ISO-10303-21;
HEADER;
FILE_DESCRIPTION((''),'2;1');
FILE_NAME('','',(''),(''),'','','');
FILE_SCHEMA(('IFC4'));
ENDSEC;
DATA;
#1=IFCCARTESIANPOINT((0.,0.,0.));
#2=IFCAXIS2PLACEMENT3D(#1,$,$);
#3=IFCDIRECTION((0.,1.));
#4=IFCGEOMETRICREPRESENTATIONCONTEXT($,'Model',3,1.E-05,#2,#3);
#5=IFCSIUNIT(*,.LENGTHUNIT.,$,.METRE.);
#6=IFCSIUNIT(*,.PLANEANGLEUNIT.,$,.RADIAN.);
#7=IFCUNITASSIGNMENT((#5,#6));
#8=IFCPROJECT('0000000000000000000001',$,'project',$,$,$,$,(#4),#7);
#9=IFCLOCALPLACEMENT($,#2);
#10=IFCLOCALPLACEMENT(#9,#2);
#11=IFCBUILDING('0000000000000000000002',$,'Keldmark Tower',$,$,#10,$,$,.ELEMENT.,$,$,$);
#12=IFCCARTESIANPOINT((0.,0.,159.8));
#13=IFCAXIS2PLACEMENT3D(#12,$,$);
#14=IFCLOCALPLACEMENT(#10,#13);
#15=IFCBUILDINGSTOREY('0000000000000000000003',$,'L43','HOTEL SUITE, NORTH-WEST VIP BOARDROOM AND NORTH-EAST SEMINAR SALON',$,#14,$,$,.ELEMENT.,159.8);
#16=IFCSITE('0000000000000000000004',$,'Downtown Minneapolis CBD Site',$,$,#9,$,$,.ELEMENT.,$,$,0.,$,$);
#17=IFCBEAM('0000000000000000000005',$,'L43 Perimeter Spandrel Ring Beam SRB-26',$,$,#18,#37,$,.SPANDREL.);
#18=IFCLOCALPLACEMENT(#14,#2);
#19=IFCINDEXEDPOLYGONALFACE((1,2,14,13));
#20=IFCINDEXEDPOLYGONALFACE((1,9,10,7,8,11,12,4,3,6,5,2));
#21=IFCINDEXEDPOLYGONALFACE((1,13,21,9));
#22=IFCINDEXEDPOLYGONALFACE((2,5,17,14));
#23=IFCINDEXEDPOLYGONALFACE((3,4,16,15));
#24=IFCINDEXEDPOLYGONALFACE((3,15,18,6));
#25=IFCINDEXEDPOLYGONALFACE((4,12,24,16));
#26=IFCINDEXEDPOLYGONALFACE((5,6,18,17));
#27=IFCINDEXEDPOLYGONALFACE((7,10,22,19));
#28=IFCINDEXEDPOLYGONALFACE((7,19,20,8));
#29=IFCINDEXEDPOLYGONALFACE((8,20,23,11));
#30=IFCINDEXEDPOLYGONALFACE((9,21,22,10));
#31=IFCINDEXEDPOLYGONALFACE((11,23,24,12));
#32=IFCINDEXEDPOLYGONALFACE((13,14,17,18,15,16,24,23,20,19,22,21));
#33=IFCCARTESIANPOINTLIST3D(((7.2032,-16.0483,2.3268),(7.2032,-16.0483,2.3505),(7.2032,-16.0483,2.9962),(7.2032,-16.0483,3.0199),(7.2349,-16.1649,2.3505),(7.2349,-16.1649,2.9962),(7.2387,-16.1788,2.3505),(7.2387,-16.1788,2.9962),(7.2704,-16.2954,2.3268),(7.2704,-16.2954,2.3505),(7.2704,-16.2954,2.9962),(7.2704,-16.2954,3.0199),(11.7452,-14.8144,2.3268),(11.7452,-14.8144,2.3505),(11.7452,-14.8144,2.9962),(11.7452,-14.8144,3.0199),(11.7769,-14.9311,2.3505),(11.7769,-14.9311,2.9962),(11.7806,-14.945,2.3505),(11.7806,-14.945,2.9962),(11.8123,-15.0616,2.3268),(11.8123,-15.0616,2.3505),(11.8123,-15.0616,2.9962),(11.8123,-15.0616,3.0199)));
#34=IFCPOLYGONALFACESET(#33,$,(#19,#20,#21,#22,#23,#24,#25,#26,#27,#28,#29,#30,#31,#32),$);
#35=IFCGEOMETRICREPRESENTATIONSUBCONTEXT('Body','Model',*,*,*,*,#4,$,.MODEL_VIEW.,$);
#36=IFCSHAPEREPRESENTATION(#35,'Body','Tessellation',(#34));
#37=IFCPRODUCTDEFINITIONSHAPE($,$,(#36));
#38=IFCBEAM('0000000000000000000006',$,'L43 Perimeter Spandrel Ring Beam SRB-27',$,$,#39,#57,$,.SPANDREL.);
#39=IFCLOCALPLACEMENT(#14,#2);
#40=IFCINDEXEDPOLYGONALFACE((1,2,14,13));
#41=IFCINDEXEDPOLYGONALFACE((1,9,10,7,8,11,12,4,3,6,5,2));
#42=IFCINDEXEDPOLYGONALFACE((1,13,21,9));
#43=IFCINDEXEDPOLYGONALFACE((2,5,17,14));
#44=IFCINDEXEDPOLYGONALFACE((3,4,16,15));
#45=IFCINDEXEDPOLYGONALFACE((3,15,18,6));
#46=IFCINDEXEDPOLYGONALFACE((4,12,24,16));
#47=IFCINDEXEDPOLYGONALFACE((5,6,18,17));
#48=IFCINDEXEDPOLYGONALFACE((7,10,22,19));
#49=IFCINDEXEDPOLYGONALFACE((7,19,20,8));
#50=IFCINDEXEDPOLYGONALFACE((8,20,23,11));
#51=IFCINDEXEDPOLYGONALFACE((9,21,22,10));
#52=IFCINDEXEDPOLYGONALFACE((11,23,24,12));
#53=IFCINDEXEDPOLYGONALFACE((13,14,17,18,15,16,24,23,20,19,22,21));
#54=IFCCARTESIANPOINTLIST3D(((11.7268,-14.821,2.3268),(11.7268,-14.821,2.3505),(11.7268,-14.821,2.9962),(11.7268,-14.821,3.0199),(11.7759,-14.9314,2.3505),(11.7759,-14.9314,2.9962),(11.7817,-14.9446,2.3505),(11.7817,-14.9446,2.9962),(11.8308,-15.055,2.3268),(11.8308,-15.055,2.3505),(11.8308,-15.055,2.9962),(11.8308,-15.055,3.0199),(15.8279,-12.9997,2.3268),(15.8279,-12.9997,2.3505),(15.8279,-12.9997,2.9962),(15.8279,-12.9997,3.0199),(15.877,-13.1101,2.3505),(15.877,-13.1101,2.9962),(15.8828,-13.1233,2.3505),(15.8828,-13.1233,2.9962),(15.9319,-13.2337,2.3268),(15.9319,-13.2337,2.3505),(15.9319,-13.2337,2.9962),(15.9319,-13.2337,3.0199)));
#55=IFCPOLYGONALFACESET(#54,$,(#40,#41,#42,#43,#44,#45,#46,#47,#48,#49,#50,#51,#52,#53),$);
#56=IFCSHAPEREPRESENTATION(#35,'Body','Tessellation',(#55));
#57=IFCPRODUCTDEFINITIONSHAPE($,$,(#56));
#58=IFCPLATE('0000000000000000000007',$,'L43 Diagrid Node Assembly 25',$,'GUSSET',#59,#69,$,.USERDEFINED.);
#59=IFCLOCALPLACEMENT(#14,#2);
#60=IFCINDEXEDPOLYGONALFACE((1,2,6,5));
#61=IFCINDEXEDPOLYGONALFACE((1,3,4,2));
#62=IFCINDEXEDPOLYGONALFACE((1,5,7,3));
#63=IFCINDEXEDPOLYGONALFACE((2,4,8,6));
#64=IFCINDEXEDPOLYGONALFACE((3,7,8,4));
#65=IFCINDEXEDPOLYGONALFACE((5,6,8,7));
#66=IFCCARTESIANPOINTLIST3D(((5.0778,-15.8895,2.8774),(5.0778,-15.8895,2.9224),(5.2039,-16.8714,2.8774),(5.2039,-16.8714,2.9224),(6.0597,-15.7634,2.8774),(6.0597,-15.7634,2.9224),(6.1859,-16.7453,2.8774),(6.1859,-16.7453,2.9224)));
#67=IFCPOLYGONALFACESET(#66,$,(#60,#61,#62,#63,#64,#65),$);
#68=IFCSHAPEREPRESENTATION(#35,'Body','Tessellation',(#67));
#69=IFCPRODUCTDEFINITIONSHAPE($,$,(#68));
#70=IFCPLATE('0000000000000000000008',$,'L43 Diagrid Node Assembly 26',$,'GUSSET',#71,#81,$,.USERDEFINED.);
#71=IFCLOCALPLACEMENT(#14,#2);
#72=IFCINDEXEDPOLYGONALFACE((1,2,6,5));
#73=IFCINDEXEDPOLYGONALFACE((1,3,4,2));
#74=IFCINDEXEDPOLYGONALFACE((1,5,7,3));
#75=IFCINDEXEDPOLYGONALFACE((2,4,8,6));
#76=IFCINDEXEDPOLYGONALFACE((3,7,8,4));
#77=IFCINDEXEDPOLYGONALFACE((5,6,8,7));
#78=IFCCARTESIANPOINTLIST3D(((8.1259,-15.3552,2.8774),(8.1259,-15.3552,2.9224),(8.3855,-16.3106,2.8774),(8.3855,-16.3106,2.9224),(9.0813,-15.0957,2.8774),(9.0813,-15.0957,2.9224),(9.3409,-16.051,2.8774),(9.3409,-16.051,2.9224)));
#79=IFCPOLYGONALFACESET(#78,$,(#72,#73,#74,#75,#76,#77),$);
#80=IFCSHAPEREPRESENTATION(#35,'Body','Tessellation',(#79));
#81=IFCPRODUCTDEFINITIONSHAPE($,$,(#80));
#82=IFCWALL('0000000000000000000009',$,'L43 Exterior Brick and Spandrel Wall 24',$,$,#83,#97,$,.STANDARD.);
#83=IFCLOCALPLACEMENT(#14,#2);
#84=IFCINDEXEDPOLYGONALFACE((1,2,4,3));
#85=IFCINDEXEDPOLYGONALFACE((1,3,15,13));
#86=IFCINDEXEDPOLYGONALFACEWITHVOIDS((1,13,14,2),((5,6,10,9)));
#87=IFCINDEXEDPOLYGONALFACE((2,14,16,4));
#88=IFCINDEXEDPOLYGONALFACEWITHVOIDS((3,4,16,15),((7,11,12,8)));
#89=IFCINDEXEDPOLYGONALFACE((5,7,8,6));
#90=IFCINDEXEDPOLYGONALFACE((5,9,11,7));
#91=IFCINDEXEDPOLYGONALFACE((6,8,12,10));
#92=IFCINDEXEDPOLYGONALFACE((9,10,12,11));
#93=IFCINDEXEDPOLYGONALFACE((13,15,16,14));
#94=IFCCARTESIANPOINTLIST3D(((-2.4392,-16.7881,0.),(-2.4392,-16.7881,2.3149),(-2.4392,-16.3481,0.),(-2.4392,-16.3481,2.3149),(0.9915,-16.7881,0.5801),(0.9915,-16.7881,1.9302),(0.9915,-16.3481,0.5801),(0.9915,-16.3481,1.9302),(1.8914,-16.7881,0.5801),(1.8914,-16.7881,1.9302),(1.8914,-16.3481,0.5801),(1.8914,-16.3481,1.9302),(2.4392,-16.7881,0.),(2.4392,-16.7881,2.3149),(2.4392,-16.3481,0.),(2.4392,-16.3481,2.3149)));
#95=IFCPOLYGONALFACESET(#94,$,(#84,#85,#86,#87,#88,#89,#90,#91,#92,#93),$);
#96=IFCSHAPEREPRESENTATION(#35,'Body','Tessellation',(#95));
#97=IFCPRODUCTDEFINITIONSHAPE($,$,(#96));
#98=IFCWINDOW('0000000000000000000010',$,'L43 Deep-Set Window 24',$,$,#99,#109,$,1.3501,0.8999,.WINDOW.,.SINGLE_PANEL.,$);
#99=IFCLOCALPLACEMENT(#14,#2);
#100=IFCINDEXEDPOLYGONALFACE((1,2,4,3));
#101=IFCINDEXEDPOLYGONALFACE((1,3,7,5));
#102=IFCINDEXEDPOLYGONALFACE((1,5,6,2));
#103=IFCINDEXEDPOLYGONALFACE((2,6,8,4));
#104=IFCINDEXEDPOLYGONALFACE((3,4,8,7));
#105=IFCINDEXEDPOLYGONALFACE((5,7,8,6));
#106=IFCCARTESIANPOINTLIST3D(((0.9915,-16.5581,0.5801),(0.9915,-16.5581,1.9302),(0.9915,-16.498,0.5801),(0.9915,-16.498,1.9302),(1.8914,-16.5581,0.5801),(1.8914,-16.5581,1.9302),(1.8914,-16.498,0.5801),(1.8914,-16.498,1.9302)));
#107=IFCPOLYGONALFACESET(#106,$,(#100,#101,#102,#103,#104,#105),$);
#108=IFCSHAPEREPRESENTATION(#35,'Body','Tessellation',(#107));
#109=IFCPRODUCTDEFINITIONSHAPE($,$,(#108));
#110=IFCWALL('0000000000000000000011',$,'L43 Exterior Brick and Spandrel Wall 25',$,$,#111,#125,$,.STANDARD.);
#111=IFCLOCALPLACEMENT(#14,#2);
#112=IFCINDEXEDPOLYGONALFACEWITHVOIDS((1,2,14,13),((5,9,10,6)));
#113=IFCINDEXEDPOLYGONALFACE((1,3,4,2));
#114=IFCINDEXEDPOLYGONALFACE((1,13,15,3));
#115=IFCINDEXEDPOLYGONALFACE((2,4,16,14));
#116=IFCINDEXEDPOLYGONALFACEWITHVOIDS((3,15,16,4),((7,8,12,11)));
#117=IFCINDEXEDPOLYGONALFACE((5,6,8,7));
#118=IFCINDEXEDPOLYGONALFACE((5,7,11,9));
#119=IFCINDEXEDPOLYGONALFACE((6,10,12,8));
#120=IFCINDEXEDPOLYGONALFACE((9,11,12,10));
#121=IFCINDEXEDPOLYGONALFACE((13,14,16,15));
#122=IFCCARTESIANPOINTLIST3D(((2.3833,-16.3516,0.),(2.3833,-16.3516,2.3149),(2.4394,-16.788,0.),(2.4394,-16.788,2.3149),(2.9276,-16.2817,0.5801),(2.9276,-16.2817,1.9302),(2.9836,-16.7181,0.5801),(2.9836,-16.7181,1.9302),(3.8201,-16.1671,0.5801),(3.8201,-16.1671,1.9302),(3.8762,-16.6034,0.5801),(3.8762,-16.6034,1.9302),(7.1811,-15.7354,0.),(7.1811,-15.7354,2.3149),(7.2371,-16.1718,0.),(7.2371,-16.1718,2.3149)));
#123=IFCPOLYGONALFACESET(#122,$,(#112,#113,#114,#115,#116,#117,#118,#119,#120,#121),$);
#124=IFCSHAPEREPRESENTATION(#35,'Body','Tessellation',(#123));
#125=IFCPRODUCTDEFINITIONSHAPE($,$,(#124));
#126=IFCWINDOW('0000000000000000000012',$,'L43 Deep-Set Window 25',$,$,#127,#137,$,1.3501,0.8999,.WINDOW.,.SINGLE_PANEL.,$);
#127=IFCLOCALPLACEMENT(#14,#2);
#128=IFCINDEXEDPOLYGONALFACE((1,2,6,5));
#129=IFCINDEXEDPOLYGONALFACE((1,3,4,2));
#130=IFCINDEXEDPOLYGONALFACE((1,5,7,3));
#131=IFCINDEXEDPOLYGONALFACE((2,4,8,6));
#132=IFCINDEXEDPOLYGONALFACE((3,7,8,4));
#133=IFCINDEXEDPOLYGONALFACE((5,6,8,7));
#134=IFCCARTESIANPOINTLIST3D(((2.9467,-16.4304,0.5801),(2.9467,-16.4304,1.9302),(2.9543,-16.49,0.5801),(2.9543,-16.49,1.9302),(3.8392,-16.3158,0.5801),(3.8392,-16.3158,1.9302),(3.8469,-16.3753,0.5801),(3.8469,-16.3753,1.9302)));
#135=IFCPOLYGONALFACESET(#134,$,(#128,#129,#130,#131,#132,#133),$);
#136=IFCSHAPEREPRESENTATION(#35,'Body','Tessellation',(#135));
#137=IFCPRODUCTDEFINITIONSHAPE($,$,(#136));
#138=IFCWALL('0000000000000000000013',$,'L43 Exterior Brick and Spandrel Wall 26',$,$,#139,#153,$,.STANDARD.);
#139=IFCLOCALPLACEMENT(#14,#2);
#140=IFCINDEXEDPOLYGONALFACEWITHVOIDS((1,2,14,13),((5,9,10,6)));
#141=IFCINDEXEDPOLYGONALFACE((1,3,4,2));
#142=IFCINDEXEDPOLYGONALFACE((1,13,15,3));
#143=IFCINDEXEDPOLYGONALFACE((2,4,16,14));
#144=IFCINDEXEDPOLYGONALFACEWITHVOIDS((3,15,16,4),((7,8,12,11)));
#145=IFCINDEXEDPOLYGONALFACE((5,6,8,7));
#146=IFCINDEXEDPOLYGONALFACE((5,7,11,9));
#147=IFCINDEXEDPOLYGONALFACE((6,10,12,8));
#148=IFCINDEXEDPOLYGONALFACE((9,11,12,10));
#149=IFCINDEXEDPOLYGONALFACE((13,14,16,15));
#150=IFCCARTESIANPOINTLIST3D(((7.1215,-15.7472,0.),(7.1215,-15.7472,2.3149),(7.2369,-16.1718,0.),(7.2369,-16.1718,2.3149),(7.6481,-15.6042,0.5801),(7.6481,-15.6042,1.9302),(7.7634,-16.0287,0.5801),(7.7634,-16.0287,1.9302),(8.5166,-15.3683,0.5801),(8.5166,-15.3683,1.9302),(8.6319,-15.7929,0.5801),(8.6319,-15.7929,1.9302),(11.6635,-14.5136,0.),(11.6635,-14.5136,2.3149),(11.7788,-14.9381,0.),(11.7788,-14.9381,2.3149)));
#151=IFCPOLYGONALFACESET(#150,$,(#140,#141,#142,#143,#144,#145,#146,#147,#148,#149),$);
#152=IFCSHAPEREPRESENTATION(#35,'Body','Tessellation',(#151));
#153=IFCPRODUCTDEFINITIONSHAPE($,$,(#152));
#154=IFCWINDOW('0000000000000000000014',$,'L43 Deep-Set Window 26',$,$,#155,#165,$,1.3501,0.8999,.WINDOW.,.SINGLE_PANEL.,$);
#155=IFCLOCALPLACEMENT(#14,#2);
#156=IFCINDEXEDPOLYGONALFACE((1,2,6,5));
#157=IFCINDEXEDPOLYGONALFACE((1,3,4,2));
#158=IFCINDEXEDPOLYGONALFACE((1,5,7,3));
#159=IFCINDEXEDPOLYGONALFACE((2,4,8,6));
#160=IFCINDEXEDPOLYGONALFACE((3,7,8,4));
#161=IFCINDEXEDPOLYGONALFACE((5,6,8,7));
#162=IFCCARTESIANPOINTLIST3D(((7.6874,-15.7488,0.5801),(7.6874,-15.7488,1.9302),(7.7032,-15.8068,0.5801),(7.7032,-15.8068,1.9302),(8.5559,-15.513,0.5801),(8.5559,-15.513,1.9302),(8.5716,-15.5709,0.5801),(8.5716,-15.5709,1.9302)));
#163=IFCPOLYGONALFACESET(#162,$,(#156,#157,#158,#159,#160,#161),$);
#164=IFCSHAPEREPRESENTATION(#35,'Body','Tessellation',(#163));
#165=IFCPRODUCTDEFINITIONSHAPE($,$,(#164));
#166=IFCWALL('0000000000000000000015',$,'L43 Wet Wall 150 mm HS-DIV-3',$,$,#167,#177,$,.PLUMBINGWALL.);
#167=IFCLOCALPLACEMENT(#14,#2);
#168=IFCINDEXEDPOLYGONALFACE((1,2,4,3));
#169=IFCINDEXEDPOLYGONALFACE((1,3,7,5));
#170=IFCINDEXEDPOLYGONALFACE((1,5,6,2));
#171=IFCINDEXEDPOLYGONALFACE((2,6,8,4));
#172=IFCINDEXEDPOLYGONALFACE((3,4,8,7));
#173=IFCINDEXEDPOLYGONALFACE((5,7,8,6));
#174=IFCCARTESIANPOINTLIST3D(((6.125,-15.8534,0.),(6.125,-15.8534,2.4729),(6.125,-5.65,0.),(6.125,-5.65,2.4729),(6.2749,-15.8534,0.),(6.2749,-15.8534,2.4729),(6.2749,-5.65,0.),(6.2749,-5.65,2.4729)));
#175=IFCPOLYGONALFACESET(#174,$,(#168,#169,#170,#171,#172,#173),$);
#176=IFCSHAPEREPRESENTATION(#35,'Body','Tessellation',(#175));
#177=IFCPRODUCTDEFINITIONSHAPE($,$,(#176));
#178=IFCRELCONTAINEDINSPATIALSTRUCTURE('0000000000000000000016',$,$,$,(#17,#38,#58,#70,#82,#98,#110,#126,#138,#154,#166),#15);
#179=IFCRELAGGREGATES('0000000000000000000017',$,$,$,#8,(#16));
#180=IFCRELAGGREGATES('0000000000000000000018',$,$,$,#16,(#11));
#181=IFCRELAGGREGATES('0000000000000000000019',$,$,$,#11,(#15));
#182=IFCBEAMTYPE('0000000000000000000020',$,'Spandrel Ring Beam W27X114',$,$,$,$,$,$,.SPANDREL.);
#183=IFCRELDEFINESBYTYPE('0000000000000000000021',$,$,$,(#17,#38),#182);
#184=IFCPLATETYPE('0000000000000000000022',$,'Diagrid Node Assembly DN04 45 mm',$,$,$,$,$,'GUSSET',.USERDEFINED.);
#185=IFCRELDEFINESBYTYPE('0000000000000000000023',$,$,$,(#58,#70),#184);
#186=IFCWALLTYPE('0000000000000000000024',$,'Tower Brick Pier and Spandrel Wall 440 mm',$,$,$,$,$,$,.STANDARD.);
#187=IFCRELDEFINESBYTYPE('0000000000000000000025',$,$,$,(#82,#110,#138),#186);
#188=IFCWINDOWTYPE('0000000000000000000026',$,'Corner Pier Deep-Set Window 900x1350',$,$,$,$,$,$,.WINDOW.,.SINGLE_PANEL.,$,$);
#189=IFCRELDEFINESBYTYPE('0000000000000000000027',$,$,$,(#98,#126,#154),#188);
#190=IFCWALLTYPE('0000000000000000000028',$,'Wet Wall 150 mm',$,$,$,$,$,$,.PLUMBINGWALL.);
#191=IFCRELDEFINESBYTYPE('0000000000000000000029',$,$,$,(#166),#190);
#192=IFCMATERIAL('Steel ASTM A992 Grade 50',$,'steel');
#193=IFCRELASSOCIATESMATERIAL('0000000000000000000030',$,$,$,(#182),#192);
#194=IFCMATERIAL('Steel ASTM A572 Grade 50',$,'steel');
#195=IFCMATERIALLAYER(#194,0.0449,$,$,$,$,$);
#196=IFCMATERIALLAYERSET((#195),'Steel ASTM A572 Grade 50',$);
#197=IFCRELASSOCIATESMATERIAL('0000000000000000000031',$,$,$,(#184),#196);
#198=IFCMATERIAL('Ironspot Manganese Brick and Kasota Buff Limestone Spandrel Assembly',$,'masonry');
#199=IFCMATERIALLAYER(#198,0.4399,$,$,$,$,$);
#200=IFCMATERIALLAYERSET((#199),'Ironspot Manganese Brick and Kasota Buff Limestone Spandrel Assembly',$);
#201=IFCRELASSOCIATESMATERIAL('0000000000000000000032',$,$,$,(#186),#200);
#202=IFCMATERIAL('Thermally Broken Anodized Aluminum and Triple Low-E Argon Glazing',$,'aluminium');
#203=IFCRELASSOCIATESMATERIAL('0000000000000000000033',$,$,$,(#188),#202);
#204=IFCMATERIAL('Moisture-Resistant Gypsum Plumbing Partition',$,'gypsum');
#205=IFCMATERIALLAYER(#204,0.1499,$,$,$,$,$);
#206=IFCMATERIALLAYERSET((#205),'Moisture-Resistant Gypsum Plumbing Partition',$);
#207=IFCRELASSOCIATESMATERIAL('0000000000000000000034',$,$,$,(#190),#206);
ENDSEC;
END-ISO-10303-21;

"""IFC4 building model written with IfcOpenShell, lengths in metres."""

from ifc_helpers import new_model, si_unit, direction, frame, frame_2d, origin, origin_2d, place, context, subcontext, project, spatial, rectangle, i_section, extrude, material, layer, layer_set, material_profile, profile_set, type_object, element, fill, save


model = new_model("IFC4")

# Units and contexts
model_context = context("Model", 3, precision=1e-05, world=origin(), true_north=direction((0.0, 1.0)))
body_context = subcontext(model_context, "Body", "Model", "MODEL_VIEW")
ifc_project = project(units=[si_unit("LENGTHUNIT", "METRE"), si_unit("PLANEANGLEUNIT", "RADIAN")], contexts=[model_context])

# Site, building, storey
site_placement = place(None, origin())
site = spatial("IfcSite", under=ifc_project, at=site_placement, Name="Downtown Minneapolis CBD Site", CompositionType="ELEMENT", RefElevation=0.0)
building_placement = place(site_placement, origin())
building = spatial("IfcBuilding", under=site, at=building_placement, Name="Keldmark Tower", CompositionType="ELEMENT")
storey_placement = place(building_placement, frame((0.0, 0.0, 159.8)))
storey = spatial("IfcBuildingStorey", under=building, at=storey_placement, Name="L43", Description="HOTEL SUITE, NORTH-WEST VIP BOARDROOM AND NORTH-EAST SEMINAR SALON", CompositionType="ELEMENT", Elevation=159.8)

# Beams
ifc_material_1 = material(Name="Steel ASTM A992 Grade 50", Category="steel")
ifc_material_profile_1 = material_profile(ifc_material_1, i_section(OverallWidth=0.2561, OverallDepth=0.6931, WebThickness=0.0144, FlangeThickness=0.0237, at=origin_2d()), Name="W27X114")
ifc_profile_set_1 = profile_set([ifc_material_profile_1], Name="Steel ASTM A992 Grade 50")
beam_type_1 = type_object("IfcBeamType", Name="Spandrel Ring Beam W27X114", PredefinedType="SPANDREL", material=ifc_profile_set_1)
beam_1_placement = place(storey_placement, frame((7.2368, -16.1719, 2.6733), z_axis=(0.965024, 0.26216, 0.0), x_axis=(-0.26216, 0.965024, 0.0)))
element("IfcBeam", 1, at=beam_1_placement, inside=storey, type_object=beam_type_1, Name="L43 Perimeter Spandrel Ring Beam SRB-26", PredefinedType="SPANDREL", context=body_context, shape_type="SweptSolid", body=[
    extrude(i_section(OverallWidth=0.2561, OverallDepth=0.6931, WebThickness=0.0144, FlangeThickness=0.0237, at=origin_2d()), origin(), (0.0, 0.0, 1.0), 4.7065),
])
beam_2_placement = place(storey_placement, frame((11.7788, -14.938, 2.6733), z_axis=(0.913928, 0.405876, 0.0), x_axis=(-0.405876, 0.913928, 0.0)))
element("IfcBeam", 2, at=beam_2_placement, inside=storey, type_object=beam_type_1, Name="L43 Perimeter Spandrel Ring Beam SRB-27", PredefinedType="SPANDREL", context=body_context, shape_type="SweptSolid", body=[
    extrude(i_section(OverallWidth=0.2561, OverallDepth=0.6931, WebThickness=0.0144, FlangeThickness=0.0237, at=origin_2d()), origin(), (0.0, 0.0, 1.0), 4.4873),
])

# Plates
ifc_material_2 = material(Name="Steel ASTM A572 Grade 50", Category="steel")
ifc_layer_1 = layer(ifc_material_2, 0.0449)
ifc_layer_set_1 = layer_set([ifc_layer_1], Name="Steel ASTM A572 Grade 50")
plate_type = type_object("IfcPlateType", Name="Diagrid Node Assembly DN04 45 mm", ElementType="GUSSET", PredefinedType="USERDEFINED", material=ifc_layer_set_1)
for number, where, z_axis, x_axis, name in (
    (3, (5.6318, -16.3174, 2.8774), (0.0, 0.0, 1.0), (0.99185, 0.127411, 0.0), "L43 Diagrid Node Assembly 25"),
    (4, (8.7334, -15.7031, 2.8774), (0.0, 0.0, 1.0), (0.965016, 0.262189, 0.0), "L43 Diagrid Node Assembly 26"),
):
    element("IfcPlate", number, at=place(storey_placement, frame(where, z_axis=z_axis, x_axis=x_axis)), inside=storey, type_object=plate_type, Name=name, ObjectType="GUSSET", PredefinedType="USERDEFINED", context=body_context, shape_type="SweptSolid", body=[
        extrude(rectangle(XDim=0.99, YDim=0.99, at=origin_2d()), origin(), (0.0, 0.0, 1.0), 0.0449),
    ])

# Walls, openings, windows
ifc_material_3 = material(Name="Ironspot Manganese Brick and Kasota Buff Limestone Spandrel Assembly", Category="masonry")
ifc_layer_2 = layer(ifc_material_3, 0.4399)
ifc_layer_set_2 = layer_set([ifc_layer_2], Name="Ironspot Manganese Brick and Kasota Buff Limestone Spandrel Assembly")
wall_type_1 = type_object("IfcWallType", Name="Tower Brick Pier and Spandrel Wall 440 mm", PredefinedType="STANDARD", material=ifc_layer_set_2)
wall_1_placement = place(storey_placement, frame((2.4392, -16.5681, 0.0), z_axis=(0.0, 0.0, 1.0), x_axis=(-1.0, 0.0, 0.0)))
wall_1 = element("IfcWall", 5, at=wall_1_placement, inside=storey, type_object=wall_type_1, Name="L43 Exterior Brick and Spandrel Wall 24", PredefinedType="STANDARD", context=body_context, shape_type="SweptSolid", body=[
    extrude(rectangle(XDim=4.8784, YDim=0.4399, at=frame_2d((2.4392, 0.0))), origin(), (0.0, 0.0, 1.0), 2.3149),
])
opening_1_placement = place(wall_1_placement, frame((0.5479, 0.0, 0.5801)))
opening_1 = element("IfcOpeningElement", 6, at=opening_1_placement, cuts=wall_1, PredefinedType="OPENING", context=body_context, shape_type="SweptSolid", body=[
    extrude(rectangle(XDim=0.8999, YDim=1.3501, at=frame_2d((0.45, 0.675))), frame((0.0, 0.23, 0.0), z_axis=(0.0, -1.0, 0.0), x_axis=(1.0, 0.0, 0.0)), (0.0, 0.0, 1.0), 0.46),
])
ifc_material_4 = material(Name="Thermally Broken Anodized Aluminum and Triple Low-E Argon Glazing", Category="aluminium")
window_type = type_object("IfcWindowType", Name="Corner Pier Deep-Set Window 900x1350", PartitioningType="SINGLE_PANEL", PredefinedType="WINDOW", material=ifc_material_4)
window_1_placement = place(opening_1_placement, origin())
window_1 = element("IfcWindow", 7, at=window_1_placement, inside=storey, type_object=window_type, Name="L43 Deep-Set Window 24", OverallHeight=1.3501, OverallWidth=0.8999, PartitioningType="SINGLE_PANEL", PredefinedType="WINDOW", context=body_context, shape_type="SweptSolid", body=[
    extrude(rectangle(XDim=0.8999, YDim=1.3501, at=frame_2d((0.45, 0.675))), frame((0.0, -0.01, 0.0), z_axis=(0.0, -1.0, 0.0), x_axis=(1.0, 0.0, 0.0)), (0.0, 0.0, 1.0), 0.0601),
])
fill(opening_1, window_1)
wall_2_placement = place(storey_placement, frame((7.209, -15.9536, 0.0), z_axis=(0.0, 0.0, 1.0), x_axis=(-0.991853, -0.127388, 0.0)))
wall_2 = element("IfcWall", 8, at=wall_2_placement, inside=storey, type_object=wall_type_1, Name="L43 Exterior Brick and Spandrel Wall 25", PredefinedType="STANDARD", context=body_context, shape_type="SweptSolid", body=[
    extrude(rectangle(XDim=4.8372, YDim=0.4399, at=frame_2d((2.4185, 0.0))), origin(), (0.0, 0.0, 1.0), 2.3149),
])
opening_2_placement = place(wall_2_placement, frame((3.3884, 0.0, 0.5801)))
opening_2 = element("IfcOpeningElement", 9, at=opening_2_placement, cuts=wall_2, PredefinedType="OPENING", context=body_context, shape_type="SweptSolid", body=[
    extrude(rectangle(XDim=0.8999, YDim=1.3501, at=frame_2d((0.45, 0.675))), frame((0.0, 0.23, 0.0), z_axis=(0.0, -1.0, 0.0), x_axis=(1.0, 0.0, 0.0)), (0.0, 0.0, 1.0), 0.46),
])
window_2_placement = place(opening_2_placement, origin())
window_2 = element("IfcWindow", 10, at=window_2_placement, inside=storey, type_object=window_type, Name="L43 Deep-Set Window 25", OverallHeight=1.3501, OverallWidth=0.8999, PartitioningType="SINGLE_PANEL", PredefinedType="WINDOW", context=body_context, shape_type="SweptSolid", body=[
    extrude(rectangle(XDim=0.8999, YDim=1.3501, at=frame_2d((0.45, 0.675))), frame((0.0, -0.01, 0.0), z_axis=(0.0, -1.0, 0.0), x_axis=(1.0, 0.0, 0.0)), (0.0, 0.0, 1.0), 0.0601),
])
fill(opening_2, window_2)
wall_3_placement = place(storey_placement, frame((11.7212, -14.7258, 0.0), z_axis=(0.0, 0.0, 1.0), x_axis=(-0.965037, -0.262112, 0.0)))
wall_3 = element("IfcWall", 11, at=wall_3_placement, inside=storey, type_object=wall_type_1, Name="L43 Exterior Brick and Spandrel Wall 26", PredefinedType="STANDARD", context=body_context, shape_type="SweptSolid", body=[
    extrude(rectangle(XDim=4.7065, YDim=0.4399, at=frame_2d((2.3533, 0.0))), origin(), (0.0, 0.0, 1.0), 2.3149),
])
opening_3_placement = place(wall_3_placement, frame((3.261, 0.0, 0.5801)))
opening_3 = element("IfcOpeningElement", 12, at=opening_3_placement, cuts=wall_3, PredefinedType="OPENING", context=body_context, shape_type="SweptSolid", body=[
    extrude(rectangle(XDim=0.8999, YDim=1.3501, at=frame_2d((0.45, 0.675))), frame((0.0, 0.23, 0.0), z_axis=(0.0, -1.0, 0.0), x_axis=(1.0, 0.0, 0.0)), (0.0, 0.0, 1.0), 0.46),
])
window_3_placement = place(opening_3_placement, origin())
window_3 = element("IfcWindow", 13, at=window_3_placement, inside=storey, type_object=window_type, Name="L43 Deep-Set Window 26", OverallHeight=1.3501, OverallWidth=0.8999, PartitioningType="SINGLE_PANEL", PredefinedType="WINDOW", context=body_context, shape_type="SweptSolid", body=[
    extrude(rectangle(XDim=0.8999, YDim=1.3501, at=frame_2d((0.45, 0.675))), frame((0.0, -0.01, 0.0), z_axis=(0.0, -1.0, 0.0), x_axis=(1.0, 0.0, 0.0)), (0.0, 0.0, 1.0), 0.0601),
])
fill(opening_3, window_3)

# Wall
ifc_material_5 = material(Name="Moisture-Resistant Gypsum Plumbing Partition", Category="gypsum")
ifc_layer_3 = layer(ifc_material_5, 0.1499)
ifc_layer_set_3 = layer_set([ifc_layer_3], Name="Moisture-Resistant Gypsum Plumbing Partition")
wall_type_2 = type_object("IfcWallType", Name="Wet Wall 150 mm", PredefinedType="PLUMBINGWALL", material=ifc_layer_set_3)
wall_4_placement = place(storey_placement, frame((6.2, -15.8533, 0.0), z_axis=(0.0, 0.0, 1.0), x_axis=(0.0, 1.0, 0.0)))
element("IfcWall", 14, at=wall_4_placement, inside=storey, type_object=wall_type_2, Name="L43 Wet Wall 150 mm HS-DIV-3", PredefinedType="PLUMBINGWALL", context=body_context, shape_type="SweptSolid", body=[
    extrude(rectangle(XDim=10.2034, YDim=0.1499, at=frame_2d((5.1016, 0.0))), origin(), (0.0, 0.0, 1.0), 2.4729),
])

save(model, "model.ifc")
